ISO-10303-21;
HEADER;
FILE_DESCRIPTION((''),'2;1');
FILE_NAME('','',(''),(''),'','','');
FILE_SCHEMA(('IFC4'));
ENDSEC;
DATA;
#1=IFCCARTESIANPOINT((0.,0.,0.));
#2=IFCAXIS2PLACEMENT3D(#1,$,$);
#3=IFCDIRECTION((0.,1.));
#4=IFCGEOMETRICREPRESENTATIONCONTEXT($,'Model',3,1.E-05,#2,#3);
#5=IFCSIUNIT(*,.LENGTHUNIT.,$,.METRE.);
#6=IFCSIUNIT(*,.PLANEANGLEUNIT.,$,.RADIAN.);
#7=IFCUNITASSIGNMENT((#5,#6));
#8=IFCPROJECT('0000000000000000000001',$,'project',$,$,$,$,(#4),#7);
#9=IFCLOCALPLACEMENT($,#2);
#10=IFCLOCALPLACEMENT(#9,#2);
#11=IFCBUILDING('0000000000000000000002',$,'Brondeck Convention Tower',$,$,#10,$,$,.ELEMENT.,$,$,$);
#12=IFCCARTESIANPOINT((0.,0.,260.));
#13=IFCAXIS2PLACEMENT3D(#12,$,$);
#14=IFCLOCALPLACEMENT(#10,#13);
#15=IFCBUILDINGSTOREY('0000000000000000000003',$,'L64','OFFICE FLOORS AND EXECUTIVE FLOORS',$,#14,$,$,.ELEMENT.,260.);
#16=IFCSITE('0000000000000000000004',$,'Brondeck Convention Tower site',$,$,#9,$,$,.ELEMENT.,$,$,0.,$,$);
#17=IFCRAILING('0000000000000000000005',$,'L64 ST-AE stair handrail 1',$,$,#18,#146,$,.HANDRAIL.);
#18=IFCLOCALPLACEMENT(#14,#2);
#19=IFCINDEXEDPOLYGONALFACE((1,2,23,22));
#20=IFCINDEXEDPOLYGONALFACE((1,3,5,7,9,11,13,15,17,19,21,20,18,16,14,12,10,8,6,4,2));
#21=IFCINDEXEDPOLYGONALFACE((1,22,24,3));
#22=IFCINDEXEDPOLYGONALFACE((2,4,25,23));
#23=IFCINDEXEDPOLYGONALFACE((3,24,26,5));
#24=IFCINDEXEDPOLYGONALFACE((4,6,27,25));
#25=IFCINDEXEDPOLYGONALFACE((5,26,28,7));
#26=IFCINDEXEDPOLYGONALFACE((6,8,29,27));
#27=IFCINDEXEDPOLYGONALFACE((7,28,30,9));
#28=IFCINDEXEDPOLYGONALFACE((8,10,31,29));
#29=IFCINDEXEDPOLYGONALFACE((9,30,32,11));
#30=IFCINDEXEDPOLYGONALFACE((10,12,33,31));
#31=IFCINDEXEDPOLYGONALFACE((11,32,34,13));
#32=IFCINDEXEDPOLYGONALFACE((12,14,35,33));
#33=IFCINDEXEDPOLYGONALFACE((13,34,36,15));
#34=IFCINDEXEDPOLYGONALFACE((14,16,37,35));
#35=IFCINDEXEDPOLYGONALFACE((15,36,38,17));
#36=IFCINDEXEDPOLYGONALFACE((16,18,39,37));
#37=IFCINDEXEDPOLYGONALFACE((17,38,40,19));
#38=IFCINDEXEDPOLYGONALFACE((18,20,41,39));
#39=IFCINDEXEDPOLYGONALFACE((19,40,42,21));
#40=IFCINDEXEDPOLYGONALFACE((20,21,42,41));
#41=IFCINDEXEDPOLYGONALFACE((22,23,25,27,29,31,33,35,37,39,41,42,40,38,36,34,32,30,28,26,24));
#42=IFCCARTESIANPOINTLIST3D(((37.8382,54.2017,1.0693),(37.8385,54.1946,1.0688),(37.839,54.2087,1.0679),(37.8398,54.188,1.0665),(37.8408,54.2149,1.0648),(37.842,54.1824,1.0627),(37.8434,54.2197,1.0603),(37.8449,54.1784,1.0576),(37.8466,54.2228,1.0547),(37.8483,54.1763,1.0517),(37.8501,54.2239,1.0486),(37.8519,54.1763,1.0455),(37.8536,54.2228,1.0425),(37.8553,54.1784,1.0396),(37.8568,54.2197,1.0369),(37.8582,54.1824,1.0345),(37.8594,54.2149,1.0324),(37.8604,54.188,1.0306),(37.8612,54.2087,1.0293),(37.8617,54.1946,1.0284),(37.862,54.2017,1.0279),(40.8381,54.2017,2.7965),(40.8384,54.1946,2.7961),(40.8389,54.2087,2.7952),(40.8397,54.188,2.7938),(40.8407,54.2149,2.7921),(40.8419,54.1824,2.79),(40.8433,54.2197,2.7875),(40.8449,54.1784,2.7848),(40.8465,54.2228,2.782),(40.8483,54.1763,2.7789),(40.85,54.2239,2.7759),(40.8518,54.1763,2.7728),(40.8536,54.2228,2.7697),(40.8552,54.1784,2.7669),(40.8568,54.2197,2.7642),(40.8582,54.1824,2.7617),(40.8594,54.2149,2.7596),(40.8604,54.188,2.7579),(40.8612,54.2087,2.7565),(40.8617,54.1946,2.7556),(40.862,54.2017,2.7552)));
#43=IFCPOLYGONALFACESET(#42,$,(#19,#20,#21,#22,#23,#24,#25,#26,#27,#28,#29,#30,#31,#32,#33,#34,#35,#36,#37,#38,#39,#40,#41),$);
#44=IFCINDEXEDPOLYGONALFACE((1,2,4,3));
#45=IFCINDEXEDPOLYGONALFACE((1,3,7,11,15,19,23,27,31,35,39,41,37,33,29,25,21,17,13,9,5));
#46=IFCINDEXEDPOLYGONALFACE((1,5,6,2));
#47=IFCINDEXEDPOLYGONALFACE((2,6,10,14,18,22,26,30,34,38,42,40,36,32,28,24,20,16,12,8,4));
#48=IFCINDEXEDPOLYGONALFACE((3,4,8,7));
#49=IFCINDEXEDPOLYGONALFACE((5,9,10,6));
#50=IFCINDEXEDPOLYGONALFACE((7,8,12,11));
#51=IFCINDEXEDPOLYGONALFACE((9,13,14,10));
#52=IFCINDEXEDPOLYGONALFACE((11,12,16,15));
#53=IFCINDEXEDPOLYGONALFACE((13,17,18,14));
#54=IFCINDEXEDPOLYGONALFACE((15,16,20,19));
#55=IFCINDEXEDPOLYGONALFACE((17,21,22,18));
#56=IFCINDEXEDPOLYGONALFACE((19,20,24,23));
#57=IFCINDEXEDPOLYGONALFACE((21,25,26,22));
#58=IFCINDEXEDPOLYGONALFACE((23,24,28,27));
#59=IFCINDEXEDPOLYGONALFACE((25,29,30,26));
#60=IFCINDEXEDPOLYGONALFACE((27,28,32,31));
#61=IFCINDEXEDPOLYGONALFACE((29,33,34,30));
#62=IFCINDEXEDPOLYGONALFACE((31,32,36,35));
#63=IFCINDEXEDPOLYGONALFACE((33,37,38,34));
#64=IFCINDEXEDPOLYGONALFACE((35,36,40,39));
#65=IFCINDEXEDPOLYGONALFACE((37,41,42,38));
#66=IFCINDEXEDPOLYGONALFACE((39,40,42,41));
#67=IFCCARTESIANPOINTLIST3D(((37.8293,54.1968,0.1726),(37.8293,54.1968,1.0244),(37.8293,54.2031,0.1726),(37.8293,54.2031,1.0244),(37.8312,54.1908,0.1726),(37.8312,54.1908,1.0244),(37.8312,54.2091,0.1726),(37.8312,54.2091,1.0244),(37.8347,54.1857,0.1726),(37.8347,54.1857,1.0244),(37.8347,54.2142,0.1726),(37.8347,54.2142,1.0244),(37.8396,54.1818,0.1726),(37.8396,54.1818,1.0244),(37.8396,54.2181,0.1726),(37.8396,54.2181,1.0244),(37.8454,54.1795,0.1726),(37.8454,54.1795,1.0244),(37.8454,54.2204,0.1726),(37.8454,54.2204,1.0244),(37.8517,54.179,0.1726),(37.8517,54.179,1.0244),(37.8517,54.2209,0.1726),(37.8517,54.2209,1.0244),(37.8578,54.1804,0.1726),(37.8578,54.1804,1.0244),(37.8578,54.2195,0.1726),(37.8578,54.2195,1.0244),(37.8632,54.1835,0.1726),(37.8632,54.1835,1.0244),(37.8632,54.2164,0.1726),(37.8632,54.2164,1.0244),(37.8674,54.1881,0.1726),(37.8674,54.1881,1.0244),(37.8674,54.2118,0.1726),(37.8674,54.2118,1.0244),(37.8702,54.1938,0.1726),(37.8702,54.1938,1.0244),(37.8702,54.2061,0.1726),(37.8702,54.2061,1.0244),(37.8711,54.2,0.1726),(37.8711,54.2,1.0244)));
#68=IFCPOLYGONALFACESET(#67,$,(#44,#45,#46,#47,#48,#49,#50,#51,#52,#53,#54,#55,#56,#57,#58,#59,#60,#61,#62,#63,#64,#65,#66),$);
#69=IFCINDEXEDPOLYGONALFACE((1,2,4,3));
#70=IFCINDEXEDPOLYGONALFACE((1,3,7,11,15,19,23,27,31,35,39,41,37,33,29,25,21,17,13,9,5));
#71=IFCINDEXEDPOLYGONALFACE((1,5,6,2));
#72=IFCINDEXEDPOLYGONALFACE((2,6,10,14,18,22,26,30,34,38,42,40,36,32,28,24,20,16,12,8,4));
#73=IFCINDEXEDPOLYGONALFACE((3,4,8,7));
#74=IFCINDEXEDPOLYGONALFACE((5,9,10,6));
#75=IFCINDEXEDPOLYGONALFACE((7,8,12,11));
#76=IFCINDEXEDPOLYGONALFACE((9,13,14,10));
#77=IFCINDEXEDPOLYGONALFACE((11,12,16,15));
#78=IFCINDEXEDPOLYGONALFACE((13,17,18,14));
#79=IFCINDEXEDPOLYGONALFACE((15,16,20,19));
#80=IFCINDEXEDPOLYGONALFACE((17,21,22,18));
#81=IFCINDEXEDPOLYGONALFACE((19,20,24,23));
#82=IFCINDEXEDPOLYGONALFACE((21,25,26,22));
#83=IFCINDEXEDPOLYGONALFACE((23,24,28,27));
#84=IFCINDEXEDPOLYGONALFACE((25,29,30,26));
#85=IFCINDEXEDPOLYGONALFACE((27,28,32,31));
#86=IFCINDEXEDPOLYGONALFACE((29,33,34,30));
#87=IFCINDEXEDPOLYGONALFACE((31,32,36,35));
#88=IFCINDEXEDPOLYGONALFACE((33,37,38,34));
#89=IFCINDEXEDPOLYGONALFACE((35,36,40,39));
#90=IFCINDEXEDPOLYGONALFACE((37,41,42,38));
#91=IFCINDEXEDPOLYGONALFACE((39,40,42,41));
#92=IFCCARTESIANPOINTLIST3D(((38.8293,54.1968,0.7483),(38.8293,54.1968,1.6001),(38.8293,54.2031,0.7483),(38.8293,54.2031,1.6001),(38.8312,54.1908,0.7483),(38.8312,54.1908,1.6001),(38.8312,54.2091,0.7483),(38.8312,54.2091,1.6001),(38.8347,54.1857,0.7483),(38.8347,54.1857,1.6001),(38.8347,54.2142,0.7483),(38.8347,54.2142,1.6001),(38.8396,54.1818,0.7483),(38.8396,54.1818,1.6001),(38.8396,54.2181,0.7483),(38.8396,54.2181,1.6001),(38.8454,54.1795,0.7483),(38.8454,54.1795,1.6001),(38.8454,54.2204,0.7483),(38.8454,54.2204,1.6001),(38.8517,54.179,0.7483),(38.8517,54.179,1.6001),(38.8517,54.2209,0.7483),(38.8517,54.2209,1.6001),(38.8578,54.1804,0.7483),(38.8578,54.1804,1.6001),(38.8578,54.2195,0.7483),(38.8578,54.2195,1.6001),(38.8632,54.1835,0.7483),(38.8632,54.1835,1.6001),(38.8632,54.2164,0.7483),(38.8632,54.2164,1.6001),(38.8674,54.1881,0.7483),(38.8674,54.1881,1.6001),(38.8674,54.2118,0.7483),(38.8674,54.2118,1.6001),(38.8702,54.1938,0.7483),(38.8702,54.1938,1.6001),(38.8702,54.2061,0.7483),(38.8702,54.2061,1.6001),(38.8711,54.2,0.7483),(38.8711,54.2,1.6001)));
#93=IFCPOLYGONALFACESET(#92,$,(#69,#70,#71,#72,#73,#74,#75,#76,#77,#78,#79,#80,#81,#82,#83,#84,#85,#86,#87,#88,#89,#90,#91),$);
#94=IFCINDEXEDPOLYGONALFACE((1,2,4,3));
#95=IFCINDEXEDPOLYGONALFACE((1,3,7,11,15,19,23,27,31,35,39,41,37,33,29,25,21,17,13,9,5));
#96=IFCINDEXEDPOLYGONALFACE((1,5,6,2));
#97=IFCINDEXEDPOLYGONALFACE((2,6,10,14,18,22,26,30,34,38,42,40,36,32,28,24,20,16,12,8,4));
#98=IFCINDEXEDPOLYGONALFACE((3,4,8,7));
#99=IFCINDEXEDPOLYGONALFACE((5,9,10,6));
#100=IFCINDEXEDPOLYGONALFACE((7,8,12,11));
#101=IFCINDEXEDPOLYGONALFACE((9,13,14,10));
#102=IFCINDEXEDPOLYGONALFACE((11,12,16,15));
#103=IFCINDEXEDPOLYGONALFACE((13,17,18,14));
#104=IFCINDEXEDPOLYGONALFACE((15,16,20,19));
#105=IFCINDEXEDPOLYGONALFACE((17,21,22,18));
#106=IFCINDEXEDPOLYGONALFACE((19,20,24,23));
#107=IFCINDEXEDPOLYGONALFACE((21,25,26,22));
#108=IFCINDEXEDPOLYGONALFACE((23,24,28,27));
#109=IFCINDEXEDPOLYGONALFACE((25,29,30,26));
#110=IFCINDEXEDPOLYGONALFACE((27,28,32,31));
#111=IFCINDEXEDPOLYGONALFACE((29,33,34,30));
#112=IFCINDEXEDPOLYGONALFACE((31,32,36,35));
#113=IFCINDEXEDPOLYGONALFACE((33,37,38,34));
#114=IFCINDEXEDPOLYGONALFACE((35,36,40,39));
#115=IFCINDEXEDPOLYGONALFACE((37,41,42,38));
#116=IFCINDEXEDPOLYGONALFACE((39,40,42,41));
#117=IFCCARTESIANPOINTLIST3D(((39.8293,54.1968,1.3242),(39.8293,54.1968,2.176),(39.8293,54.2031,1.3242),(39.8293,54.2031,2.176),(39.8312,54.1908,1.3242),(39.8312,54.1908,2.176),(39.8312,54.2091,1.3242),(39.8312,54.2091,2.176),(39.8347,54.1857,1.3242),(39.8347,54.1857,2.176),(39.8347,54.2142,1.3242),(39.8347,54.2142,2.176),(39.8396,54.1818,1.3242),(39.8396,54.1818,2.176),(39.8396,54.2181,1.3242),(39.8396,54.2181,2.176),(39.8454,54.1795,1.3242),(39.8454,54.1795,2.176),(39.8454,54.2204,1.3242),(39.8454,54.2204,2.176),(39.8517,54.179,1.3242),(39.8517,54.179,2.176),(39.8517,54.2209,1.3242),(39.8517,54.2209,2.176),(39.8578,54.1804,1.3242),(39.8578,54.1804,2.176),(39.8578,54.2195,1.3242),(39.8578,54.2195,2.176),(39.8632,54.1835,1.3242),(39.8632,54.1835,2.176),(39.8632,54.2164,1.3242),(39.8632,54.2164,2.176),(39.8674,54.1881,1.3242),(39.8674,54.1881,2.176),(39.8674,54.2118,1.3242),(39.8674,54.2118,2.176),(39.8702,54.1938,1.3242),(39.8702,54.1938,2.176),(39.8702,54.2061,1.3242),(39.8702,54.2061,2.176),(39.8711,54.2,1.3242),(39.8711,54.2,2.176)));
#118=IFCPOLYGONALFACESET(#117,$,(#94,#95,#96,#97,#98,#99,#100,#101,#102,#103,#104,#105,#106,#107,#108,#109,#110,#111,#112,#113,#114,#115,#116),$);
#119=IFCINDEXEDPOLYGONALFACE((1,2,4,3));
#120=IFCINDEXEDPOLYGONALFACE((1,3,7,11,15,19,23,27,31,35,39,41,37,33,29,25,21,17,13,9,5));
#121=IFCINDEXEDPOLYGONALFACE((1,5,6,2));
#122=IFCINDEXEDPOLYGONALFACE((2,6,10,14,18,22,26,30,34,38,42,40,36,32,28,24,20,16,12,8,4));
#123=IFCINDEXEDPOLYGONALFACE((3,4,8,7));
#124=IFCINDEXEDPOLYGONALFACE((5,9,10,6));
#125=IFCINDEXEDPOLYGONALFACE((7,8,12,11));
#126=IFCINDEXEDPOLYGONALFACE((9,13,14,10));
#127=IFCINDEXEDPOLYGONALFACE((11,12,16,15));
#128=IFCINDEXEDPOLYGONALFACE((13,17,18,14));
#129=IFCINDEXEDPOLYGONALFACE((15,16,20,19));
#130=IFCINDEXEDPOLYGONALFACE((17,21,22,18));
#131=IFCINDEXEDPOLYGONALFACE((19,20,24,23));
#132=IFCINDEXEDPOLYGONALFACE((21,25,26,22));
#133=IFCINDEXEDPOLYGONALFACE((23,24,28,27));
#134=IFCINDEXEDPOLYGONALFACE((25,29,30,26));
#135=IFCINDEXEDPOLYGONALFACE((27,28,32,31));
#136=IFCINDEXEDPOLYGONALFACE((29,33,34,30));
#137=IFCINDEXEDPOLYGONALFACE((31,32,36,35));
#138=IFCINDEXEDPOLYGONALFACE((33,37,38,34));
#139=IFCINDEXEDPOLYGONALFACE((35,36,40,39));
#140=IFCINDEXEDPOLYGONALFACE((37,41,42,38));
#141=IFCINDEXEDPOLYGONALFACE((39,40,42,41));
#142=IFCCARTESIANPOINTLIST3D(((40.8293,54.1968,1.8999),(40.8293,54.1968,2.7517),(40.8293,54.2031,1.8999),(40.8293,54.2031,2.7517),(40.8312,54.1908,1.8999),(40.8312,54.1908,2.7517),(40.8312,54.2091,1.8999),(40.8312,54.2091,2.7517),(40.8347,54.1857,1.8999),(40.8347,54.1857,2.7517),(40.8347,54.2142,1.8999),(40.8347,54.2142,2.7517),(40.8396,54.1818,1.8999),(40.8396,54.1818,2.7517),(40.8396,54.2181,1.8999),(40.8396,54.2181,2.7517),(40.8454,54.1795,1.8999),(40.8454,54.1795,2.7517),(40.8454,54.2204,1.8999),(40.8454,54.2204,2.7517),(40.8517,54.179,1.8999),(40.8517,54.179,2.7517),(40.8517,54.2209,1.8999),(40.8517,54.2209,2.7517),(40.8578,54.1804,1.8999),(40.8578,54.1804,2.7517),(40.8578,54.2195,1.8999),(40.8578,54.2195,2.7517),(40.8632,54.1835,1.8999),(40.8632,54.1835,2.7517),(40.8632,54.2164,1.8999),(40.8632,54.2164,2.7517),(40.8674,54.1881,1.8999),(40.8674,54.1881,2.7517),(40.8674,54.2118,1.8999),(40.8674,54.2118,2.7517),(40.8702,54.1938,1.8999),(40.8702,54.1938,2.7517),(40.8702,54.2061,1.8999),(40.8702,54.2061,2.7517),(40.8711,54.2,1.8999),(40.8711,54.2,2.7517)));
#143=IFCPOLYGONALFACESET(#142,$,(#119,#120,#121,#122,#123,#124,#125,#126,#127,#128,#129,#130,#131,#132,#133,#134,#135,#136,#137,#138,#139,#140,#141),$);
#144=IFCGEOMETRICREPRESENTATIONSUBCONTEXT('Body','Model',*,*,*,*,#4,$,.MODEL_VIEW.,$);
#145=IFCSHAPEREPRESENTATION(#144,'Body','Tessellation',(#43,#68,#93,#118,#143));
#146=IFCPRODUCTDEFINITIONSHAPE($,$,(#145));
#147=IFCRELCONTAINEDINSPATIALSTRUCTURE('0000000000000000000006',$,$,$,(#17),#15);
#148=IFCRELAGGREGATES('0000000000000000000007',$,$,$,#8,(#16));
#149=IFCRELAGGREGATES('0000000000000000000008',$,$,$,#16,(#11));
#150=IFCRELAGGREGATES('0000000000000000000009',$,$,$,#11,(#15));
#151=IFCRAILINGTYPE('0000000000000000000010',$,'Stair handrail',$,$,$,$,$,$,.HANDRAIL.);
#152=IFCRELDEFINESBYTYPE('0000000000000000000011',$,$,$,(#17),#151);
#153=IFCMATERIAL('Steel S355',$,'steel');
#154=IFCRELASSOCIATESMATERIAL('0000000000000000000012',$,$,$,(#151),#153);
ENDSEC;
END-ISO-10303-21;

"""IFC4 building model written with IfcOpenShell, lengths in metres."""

from ifc_helpers import new_model, si_unit, direction, frame, origin, origin_2d, place, context, subcontext, project, spatial, circle, extrude, material, type_object, element, save


model = new_model("IFC4")

# Units and contexts
model_context = context("Model", 3, precision=1e-05, world=origin(), true_north=direction((0.0, 1.0)))
body_context = subcontext(model_context, "Body", "Model", "MODEL_VIEW")
ifc_project = project(units=[si_unit("LENGTHUNIT", "METRE"), si_unit("PLANEANGLEUNIT", "RADIAN")], contexts=[model_context])

# Site, building, storey
site_placement = place(None, origin())
site = spatial("IfcSite", under=ifc_project, at=site_placement, Name="Brondeck Convention Tower site", CompositionType="ELEMENT", RefElevation=0.0)
building_placement = place(site_placement, origin())
building = spatial("IfcBuilding", under=site, at=building_placement, Name="Brondeck Convention Tower", CompositionType="ELEMENT")
storey_placement = place(building_placement, frame((0.0, 0.0, 260.0)))
storey = spatial("IfcBuildingStorey", under=building, at=storey_placement, Name="L64", Description="OFFICE FLOORS AND EXECUTIVE FLOORS", CompositionType="ELEMENT", Elevation=260.0)

# Shared definitions
ifc_material_1 = material(Name="Steel S355", Category="steel")

# Railing
railing_type_1 = type_object("IfcRailingType", Name="Stair handrail", PredefinedType="HANDRAIL", material=ifc_material_1)
railing_1_placement = place(storey_placement, frame((37.8501, 54.2, 0.1726)))
element("IfcRailing", 1, at=railing_1_placement, inside=storey, type_object=railing_type_1, Name="L64 ST-AE stair handrail 1", PredefinedType="HANDRAIL", context=body_context, shape_type="SweptSolid", body=[
    extrude(circle(Radius=0.0239, at=origin_2d()), frame((0.0, 0.0, 0.876), z_axis=(0.86662, 0.0, 0.498969), x_axis=(0.0, 1.0, 0.0)), (0.0, 0.0, 1.0), 3.4617),
    extrude(circle(Radius=0.021, at=origin_2d()), origin(), (0.0, 0.0, 1.0), 0.8518),
    extrude(circle(Radius=0.021, at=origin_2d()), frame((1.0, 0.0, 0.5757)), (0.0, 0.0, 1.0), 0.8518),
    extrude(circle(Radius=0.021, at=origin_2d()), frame((2.0, 0.0, 1.1516)), (0.0, 0.0, 1.0), 0.8518),
    extrude(circle(Radius=0.021, at=origin_2d()), frame((3.0, 0.0, 1.7273)), (0.0, 0.0, 1.0), 0.8518),
])

save(model, "model.ifc")
